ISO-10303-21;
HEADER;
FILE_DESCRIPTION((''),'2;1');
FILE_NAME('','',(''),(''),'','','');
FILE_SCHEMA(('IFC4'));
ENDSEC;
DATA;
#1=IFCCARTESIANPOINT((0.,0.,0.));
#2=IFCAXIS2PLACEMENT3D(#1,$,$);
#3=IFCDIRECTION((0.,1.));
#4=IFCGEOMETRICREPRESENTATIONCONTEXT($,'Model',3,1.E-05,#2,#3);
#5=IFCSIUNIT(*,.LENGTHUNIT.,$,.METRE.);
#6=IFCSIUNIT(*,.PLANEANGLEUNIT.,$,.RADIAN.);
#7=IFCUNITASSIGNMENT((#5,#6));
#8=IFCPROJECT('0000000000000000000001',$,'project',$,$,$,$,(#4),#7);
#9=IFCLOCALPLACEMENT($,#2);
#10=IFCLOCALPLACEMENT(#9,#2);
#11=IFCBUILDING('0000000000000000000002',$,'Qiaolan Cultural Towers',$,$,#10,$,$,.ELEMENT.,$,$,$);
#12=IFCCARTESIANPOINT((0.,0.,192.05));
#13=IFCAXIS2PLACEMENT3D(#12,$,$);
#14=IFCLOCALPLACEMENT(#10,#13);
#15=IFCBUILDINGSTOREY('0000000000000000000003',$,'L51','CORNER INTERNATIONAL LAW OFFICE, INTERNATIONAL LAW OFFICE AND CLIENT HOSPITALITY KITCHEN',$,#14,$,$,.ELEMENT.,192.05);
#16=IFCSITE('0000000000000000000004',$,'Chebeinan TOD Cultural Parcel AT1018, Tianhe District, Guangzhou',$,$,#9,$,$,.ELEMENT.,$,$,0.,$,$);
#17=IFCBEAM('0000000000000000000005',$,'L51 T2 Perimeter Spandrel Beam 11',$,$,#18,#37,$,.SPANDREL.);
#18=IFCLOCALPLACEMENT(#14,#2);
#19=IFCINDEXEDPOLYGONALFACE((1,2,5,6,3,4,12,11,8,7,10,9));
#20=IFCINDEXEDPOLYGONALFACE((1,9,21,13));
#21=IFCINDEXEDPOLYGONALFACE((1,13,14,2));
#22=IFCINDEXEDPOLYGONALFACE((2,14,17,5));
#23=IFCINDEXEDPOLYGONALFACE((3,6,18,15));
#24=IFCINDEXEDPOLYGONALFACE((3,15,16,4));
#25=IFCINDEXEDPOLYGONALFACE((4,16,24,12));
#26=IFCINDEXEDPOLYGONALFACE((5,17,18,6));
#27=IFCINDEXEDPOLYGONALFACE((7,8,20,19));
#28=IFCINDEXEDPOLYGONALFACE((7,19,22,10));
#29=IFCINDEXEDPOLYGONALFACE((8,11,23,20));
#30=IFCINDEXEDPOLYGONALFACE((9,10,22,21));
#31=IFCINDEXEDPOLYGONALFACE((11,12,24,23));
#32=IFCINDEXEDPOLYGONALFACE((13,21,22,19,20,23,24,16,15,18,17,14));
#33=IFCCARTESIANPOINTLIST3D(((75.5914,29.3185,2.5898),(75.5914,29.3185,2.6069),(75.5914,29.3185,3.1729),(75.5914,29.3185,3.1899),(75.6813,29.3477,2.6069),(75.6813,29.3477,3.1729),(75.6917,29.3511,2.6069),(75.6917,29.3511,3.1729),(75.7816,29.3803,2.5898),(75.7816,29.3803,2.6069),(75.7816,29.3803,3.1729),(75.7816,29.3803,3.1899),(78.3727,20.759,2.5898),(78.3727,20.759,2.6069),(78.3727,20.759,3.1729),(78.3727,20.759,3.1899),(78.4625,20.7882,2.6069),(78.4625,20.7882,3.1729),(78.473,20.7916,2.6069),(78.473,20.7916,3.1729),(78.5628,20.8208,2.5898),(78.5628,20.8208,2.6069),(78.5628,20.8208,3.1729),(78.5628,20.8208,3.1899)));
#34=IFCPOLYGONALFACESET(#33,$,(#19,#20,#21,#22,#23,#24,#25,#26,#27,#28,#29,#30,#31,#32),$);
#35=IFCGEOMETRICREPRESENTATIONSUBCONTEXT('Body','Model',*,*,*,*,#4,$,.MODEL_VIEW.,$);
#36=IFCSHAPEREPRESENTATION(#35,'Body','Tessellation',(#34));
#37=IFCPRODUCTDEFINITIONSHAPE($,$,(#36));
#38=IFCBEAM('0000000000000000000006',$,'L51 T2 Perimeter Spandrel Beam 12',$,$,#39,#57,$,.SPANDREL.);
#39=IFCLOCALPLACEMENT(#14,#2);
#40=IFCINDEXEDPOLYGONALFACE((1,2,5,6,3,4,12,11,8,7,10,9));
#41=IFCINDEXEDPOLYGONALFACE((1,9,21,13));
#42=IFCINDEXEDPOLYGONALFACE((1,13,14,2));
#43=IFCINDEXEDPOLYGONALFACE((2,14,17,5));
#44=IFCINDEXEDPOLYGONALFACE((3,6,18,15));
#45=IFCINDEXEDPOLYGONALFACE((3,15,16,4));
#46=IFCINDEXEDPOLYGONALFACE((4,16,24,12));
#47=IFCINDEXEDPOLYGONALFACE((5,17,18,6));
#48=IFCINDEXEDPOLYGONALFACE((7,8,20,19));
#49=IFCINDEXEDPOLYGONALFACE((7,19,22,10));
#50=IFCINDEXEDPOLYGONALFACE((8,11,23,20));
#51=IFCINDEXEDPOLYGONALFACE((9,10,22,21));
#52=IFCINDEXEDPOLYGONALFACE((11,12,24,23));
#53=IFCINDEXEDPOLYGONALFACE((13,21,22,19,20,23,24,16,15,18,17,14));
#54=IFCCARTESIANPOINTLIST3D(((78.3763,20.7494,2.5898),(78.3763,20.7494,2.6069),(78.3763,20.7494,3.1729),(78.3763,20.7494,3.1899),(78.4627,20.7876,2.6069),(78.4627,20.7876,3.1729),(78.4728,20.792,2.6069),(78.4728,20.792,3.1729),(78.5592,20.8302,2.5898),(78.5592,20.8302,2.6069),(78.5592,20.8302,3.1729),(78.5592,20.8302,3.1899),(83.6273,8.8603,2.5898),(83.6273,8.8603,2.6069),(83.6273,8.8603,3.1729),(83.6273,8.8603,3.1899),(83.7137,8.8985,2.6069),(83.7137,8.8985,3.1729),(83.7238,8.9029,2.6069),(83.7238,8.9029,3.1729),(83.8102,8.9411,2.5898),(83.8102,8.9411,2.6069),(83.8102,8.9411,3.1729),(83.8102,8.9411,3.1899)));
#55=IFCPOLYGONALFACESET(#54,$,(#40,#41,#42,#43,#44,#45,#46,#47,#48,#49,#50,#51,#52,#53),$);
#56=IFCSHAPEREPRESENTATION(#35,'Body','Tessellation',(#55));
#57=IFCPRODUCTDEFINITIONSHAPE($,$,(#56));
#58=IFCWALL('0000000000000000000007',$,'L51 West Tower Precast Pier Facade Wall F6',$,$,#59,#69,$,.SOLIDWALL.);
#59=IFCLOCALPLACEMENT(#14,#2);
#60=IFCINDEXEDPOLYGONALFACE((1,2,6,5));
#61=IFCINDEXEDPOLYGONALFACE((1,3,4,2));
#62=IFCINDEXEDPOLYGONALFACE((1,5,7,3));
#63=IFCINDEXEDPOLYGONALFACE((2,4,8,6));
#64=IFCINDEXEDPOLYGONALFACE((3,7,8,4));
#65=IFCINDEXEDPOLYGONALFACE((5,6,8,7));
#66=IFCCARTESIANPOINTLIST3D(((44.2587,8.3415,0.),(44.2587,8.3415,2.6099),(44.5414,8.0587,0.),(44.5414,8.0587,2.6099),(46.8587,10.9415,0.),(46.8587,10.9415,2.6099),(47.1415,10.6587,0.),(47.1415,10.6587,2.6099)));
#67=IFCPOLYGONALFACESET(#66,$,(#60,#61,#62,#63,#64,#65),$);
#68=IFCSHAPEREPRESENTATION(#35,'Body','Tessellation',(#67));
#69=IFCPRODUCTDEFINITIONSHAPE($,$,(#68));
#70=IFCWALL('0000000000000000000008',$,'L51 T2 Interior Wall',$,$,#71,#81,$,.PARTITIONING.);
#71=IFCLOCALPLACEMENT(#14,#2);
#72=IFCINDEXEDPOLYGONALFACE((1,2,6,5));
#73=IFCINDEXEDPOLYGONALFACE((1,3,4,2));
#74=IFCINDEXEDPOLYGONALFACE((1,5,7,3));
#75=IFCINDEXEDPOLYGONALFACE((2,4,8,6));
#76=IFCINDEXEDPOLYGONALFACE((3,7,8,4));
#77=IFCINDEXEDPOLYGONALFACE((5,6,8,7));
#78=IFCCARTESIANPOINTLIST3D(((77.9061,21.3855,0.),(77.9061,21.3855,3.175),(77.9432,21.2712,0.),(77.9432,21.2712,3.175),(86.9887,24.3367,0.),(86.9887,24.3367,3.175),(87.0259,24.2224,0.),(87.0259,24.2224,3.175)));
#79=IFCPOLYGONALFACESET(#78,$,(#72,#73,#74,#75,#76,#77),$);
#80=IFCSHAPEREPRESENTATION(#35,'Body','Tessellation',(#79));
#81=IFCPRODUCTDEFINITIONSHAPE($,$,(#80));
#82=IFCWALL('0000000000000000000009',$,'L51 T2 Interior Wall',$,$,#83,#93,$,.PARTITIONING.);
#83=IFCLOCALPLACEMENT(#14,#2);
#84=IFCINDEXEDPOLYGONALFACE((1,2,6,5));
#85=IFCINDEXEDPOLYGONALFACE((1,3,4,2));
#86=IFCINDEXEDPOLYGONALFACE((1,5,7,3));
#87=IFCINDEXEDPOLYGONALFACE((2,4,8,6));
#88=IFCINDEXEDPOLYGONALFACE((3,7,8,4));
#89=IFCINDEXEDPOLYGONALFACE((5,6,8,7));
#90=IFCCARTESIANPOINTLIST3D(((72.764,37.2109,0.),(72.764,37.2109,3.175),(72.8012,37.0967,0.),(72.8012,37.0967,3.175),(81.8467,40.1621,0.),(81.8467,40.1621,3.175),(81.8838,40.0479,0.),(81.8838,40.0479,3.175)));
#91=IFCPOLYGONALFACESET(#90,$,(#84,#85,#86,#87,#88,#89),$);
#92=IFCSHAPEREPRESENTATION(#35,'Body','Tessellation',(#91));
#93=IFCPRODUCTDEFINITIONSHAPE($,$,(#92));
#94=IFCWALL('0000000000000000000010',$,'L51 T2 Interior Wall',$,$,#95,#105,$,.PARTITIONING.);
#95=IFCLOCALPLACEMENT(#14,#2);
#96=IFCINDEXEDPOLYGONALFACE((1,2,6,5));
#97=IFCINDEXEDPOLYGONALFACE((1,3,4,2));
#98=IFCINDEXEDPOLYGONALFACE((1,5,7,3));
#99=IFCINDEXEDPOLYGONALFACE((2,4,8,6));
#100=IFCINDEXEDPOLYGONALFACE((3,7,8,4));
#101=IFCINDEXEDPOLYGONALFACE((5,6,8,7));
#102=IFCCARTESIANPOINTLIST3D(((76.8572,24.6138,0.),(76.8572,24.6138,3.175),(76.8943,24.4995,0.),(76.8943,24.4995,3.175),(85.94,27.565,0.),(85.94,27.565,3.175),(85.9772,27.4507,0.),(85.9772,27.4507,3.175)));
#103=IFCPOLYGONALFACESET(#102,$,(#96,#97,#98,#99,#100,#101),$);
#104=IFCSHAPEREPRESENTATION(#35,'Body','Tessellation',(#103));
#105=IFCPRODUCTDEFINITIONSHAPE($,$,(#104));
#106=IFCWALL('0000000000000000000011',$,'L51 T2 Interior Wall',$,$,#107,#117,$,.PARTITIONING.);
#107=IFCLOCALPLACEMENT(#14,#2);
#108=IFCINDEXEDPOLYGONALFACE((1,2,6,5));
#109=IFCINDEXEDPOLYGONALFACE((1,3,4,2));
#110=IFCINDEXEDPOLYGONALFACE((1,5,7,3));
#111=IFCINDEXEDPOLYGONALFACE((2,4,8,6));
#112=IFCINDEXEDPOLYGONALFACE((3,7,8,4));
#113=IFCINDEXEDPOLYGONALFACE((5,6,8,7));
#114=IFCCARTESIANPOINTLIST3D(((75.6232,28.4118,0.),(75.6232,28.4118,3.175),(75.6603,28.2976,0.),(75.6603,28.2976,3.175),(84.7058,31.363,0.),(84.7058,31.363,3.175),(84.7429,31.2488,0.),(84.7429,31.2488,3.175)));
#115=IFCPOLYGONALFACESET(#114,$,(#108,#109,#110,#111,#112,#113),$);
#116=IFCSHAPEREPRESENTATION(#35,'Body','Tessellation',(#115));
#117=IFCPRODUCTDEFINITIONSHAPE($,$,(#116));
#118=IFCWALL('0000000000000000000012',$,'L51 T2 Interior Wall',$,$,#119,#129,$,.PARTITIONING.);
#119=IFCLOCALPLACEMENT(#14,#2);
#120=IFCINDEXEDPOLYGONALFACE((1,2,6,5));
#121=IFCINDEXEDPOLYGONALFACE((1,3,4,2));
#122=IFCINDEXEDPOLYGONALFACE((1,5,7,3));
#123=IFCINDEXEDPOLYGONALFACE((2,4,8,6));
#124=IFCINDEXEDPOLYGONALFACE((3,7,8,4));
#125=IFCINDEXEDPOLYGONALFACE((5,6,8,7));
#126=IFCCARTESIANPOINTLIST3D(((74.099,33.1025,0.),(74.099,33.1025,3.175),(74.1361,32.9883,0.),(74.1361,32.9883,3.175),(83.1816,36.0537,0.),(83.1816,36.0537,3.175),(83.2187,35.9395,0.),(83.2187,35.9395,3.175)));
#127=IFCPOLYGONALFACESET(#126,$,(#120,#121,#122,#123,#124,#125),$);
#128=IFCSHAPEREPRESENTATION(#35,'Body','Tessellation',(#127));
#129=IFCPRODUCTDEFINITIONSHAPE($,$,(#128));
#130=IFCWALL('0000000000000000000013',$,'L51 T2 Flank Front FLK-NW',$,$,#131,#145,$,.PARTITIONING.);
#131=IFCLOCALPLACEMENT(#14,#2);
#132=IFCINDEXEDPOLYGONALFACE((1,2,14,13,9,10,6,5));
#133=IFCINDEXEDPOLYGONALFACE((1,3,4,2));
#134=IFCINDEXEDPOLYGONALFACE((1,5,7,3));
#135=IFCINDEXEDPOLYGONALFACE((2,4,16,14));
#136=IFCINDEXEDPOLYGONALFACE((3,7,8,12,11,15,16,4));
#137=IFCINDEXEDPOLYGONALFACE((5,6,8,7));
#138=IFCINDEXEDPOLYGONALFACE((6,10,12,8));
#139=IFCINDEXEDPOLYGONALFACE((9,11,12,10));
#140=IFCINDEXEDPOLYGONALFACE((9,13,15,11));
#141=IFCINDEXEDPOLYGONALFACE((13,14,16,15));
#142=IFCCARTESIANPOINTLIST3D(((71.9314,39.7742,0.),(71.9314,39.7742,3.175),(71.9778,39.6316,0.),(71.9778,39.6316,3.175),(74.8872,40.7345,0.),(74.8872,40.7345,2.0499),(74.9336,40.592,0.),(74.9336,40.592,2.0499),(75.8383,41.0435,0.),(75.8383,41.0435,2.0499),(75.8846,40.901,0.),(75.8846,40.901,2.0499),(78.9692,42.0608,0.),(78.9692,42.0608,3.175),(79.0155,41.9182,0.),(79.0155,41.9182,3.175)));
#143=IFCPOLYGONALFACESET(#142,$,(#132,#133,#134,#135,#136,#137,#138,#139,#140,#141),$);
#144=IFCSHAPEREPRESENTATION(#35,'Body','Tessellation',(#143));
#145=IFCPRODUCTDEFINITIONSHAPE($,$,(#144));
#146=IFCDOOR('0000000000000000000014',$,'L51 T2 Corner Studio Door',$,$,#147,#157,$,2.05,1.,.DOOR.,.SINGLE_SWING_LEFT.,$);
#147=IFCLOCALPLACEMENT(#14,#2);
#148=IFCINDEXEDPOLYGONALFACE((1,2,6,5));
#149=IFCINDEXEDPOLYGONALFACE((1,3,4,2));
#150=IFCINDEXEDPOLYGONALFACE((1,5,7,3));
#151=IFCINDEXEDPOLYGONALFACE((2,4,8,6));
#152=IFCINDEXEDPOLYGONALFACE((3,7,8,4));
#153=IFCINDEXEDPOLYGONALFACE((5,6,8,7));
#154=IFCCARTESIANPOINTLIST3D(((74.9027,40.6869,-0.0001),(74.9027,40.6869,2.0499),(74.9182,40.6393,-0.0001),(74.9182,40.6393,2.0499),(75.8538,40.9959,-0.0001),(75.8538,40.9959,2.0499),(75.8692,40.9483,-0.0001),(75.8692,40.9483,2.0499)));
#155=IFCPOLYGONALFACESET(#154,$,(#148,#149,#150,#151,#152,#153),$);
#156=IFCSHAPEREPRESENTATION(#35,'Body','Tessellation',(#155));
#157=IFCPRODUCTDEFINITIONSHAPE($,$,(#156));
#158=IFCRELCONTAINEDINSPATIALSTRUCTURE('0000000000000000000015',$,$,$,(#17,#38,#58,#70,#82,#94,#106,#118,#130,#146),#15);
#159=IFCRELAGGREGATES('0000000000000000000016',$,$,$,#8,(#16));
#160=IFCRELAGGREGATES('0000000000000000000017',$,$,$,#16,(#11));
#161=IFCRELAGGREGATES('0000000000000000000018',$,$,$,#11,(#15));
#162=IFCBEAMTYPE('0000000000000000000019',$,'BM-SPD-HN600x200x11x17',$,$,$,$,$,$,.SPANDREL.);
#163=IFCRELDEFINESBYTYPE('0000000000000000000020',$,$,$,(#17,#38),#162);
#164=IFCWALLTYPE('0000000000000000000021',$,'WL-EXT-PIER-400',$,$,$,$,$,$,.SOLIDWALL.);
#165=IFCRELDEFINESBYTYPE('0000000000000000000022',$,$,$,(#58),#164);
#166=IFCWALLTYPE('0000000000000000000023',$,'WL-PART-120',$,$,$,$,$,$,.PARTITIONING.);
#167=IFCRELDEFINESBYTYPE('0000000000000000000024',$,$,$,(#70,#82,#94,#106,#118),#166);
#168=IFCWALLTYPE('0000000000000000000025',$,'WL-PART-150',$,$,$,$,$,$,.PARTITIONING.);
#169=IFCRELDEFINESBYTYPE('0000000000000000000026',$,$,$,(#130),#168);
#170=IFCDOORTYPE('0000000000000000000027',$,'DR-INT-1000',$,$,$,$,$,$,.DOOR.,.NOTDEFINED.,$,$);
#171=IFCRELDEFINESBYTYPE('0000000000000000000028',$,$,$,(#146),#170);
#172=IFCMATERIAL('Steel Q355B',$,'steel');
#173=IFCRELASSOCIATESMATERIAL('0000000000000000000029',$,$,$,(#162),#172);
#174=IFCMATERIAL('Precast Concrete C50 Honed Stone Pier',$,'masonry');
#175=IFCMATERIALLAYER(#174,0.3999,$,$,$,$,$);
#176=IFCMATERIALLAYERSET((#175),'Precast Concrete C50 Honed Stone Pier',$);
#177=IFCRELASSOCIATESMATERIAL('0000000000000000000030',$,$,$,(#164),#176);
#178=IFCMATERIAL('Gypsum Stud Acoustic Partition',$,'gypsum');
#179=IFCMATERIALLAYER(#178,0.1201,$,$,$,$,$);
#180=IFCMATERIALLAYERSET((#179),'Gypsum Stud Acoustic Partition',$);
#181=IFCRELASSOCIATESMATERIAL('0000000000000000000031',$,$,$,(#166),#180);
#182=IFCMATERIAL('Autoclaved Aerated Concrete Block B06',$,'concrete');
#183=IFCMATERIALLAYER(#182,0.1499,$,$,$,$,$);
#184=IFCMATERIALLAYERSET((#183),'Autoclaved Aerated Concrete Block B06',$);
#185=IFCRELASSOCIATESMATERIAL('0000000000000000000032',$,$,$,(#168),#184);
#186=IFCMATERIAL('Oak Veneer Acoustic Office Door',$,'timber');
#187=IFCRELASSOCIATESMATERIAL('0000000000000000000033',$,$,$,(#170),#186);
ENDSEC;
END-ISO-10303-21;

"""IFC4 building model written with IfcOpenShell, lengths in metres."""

from ifc_helpers import new_model, si_unit, direction, frame, frame_2d, origin, origin_2d, place, context, subcontext, project, spatial, rectangle, i_section, extrude, material, layer, layer_set, material_profile, profile_set, type_object, element, fill, save


model = new_model("IFC4")

# Units and contexts
model_context = context("Model", 3, precision=1e-05, world=origin(), true_north=direction((0.0, 1.0)))
body_context = subcontext(model_context, "Body", "Model", "MODEL_VIEW")
ifc_project = project(units=[si_unit("LENGTHUNIT", "METRE"), si_unit("PLANEANGLEUNIT", "RADIAN")], contexts=[model_context])

# Site, building, storey
site_placement = place(None, origin())
site = spatial("IfcSite", under=ifc_project, at=site_placement, Name="Chebeinan TOD Cultural Parcel AT1018, Tianhe District, Guangzhou", CompositionType="ELEMENT", RefElevation=0.0)
building_placement = place(site_placement, origin())
building = spatial("IfcBuilding", under=site, at=building_placement, Name="Qiaolan Cultural Towers", CompositionType="ELEMENT")
storey_placement = place(building_placement, frame((0.0, 0.0, 192.05)))
storey = spatial("IfcBuildingStorey", under=building, at=storey_placement, Name="L51", Description="CORNER INTERNATIONAL LAW OFFICE, INTERNATIONAL LAW OFFICE AND CLIENT HOSPITALITY KITCHEN", CompositionType="ELEMENT", Elevation=192.05)

# Beams
ifc_material_1 = material(Name="Steel Q355B", Category="steel")
ifc_material_profile_1 = material_profile(ifc_material_1, i_section(OverallWidth=0.2, OverallDepth=0.6001, WebThickness=0.011, FlangeThickness=0.0171, at=origin_2d()), Name="HN600x200x11x17")
ifc_profile_set_1 = profile_set([ifc_material_profile_1], Name="Steel Q355B")
beam_type_1 = type_object("IfcBeamType", Name="BM-SPD-HN600x200x11x17", PredefinedType="SPANDREL", material=ifc_profile_set_1)
beam_1_placement = place(storey_placement, frame((75.6865, 29.3494, 2.8899), z_axis=(0.309025, -0.951054, 0.0), x_axis=(0.951054, 0.309025, 0.0)))
element("IfcBeam", 1, at=beam_1_placement, inside=storey, type_object=beam_type_1, Name="L51 T2 Perimeter Spandrel Beam 11", PredefinedType="SPANDREL", context=body_context, shape_type="SweptSolid", body=[
    extrude(i_section(OverallWidth=0.2, OverallDepth=0.6001, WebThickness=0.011, FlangeThickness=0.0171, at=origin_2d()), origin(), (0.0, 0.0, 1.0), 9.0),
])
beam_2_placement = place(storey_placement, frame((78.4678, 20.7898, 2.8899), z_axis=(0.404011, -0.914754, 0.0), x_axis=(0.914754, 0.404011, 0.0)))
element("IfcBeam", 2, at=beam_2_placement, inside=storey, type_object=beam_type_1, Name="L51 T2 Perimeter Spandrel Beam 12", PredefinedType="SPANDREL", context=body_context, shape_type="SweptSolid", body=[
    extrude(i_section(OverallWidth=0.2, OverallDepth=0.6001, WebThickness=0.011, FlangeThickness=0.0171, at=origin_2d()), origin(), (0.0, 0.0, 1.0), 12.9971),
])

# Walls
ifc_material_2 = material(Name="Precast Concrete C50 Honed Stone Pier", Category="masonry")
ifc_layer_1 = layer(ifc_material_2, 0.3999)
ifc_layer_set_1 = layer_set([ifc_layer_1], Name="Precast Concrete C50 Honed Stone Pier")
wall_type_1 = type_object("IfcWallType", Name="WL-EXT-PIER-400", PredefinedType="SOLIDWALL", material=ifc_layer_set_1)
wall_1_placement = place(storey_placement, frame((47.0, 10.8, 0.0), z_axis=(0.0, 0.0, 1.0), x_axis=(-0.707107, -0.707107, 0.0)))
element("IfcWall", 3, at=wall_1_placement, inside=storey, type_object=wall_type_1, Name="L51 West Tower Precast Pier Facade Wall F6", PredefinedType="SOLIDWALL", context=body_context, shape_type="SweptSolid", body=[
    extrude(rectangle(XDim=3.677, YDim=0.3999, at=frame_2d((1.8384, 0.0))), origin(), (0.0, 0.0, 1.0), 2.6099),
])
ifc_material_3 = material(Name="Gypsum Stud Acoustic Partition", Category="gypsum")
ifc_layer_2 = layer(ifc_material_3, 0.1201)
ifc_layer_set_2 = layer_set([ifc_layer_2], Name="Gypsum Stud Acoustic Partition")
wall_type_2 = type_object("IfcWallType", Name="WL-PART-120", PredefinedType="PARTITIONING", material=ifc_layer_set_2)
for number, where, z_axis, x_axis, name in (
    (4, (77.9248, 21.3284, 0.0), (0.0, 0.0, 1.0), (0.951054, 0.309025, 0.0), "L51 T2 Interior Wall"),
    (5, (72.7827, 37.1538, 0.0), (0.0, 0.0, 1.0), (0.951054, 0.309025, 0.0), "L51 T2 Interior Wall"),
):
    element("IfcWall", number, at=place(storey_placement, frame(where, z_axis=z_axis, x_axis=x_axis)), inside=storey, type_object=wall_type_2, Name=name, PredefinedType="PARTITIONING", context=body_context, shape_type="SweptSolid", body=[
        extrude(rectangle(XDim=9.55, YDim=0.1201, at=frame_2d((4.7749, 0.0))), origin(), (0.0, 0.0, 1.0), 3.175),
    ])
wall_2_placement = place(storey_placement, frame((76.8757, 24.5566, 0.0), z_axis=(0.0, 0.0, 1.0), x_axis=(0.951056, 0.309017, 0.0)))
element("IfcWall", 6, at=wall_2_placement, inside=storey, type_object=wall_type_2, Name="L51 T2 Interior Wall", PredefinedType="PARTITIONING", context=body_context, shape_type="SweptSolid", body=[
    extrude(rectangle(XDim=9.5503, YDim=0.1201, at=frame_2d((4.7751, 0.0))), origin(), (0.0, 0.0, 1.0), 3.175),
])
for number, where, z_axis, x_axis, name in (
    (7, (75.6418, 28.3547, 0.0), (0.0, 0.0, 1.0), (0.951054, 0.309025, 0.0), "L51 T2 Interior Wall"),
    (8, (74.1177, 33.0454, 0.0), (0.0, 0.0, 1.0), (0.951054, 0.309025, 0.0), "L51 T2 Interior Wall"),
):
    element("IfcWall", number, at=place(storey_placement, frame(where, z_axis=z_axis, x_axis=x_axis)), inside=storey, type_object=wall_type_2, Name=name, PredefinedType="PARTITIONING", context=body_context, shape_type="SweptSolid", body=[
        extrude(rectangle(XDim=9.55, YDim=0.1201, at=frame_2d((4.7749, 0.0))), origin(), (0.0, 0.0, 1.0), 3.175),
    ])

# Wall, opening, door
ifc_material_4 = material(Name="Autoclaved Aerated Concrete Block B06", Category="concrete")
ifc_layer_3 = layer(ifc_material_4, 0.1499)
ifc_layer_set_3 = layer_set([ifc_layer_3], Name="Autoclaved Aerated Concrete Block B06")
wall_type_3 = type_object("IfcWallType", Name="WL-PART-150", PredefinedType="PARTITIONING", material=ifc_layer_set_3)
wall_3_placement = place(storey_placement, frame((71.9546, 39.7029, 0.0), z_axis=(0.0, 0.0, 1.0), x_axis=(0.951061, 0.309003, 0.0)))
wall_3 = element("IfcWall", 9, at=wall_3_placement, inside=storey, type_object=wall_type_3, Name="L51 T2 Flank Front FLK-NW", PredefinedType="PARTITIONING", context=body_context, shape_type="SweptSolid", body=[
    extrude(rectangle(XDim=7.3999, YDim=0.1499, at=frame_2d((3.7, 0.0))), origin(), (0.0, 0.0, 1.0), 3.175),
])
opening_placement = place(wall_3_placement, frame((3.1079, 0.0, 0.0)))
opening = element("IfcOpeningElement", 10, at=opening_placement, cuts=wall_3, PredefinedType="OPENING", context=body_context, shape_type="SweptSolid", body=[
    extrude(rectangle(XDim=1.0, YDim=2.05, at=frame_2d((0.5, 1.0249))), frame((0.0, 0.085, 0.0), z_axis=(0.0, -1.0, 0.0), x_axis=(1.0, 0.0, 0.0)), (0.0, 0.0, 1.0), 0.1699),
])
ifc_material_5 = material(Name="Oak Veneer Acoustic Office Door", Category="timber")
door_type = type_object("IfcDoorType", Name="DR-INT-1000", OperationType="NOTDEFINED", PredefinedType="DOOR", material=ifc_material_5)
door_placement = place(opening_placement, origin())
door = element("IfcDoor", 11, at=door_placement, inside=storey, type_object=door_type, Name="L51 T2 Corner Studio Door", OperationType="SINGLE_SWING_LEFT", OverallHeight=2.05, OverallWidth=1.0, PredefinedType="DOOR", context=body_context, shape_type="SweptSolid", body=[
    extrude(rectangle(XDim=1.0, YDim=2.05, at=frame_2d((0.5, 1.0249))), frame((0.0, 0.0249, 0.0), z_axis=(0.0, -1.0, 0.0), x_axis=(1.0, 0.0, 0.0)), (0.0, 0.0, 1.0), 0.05),
])
fill(opening, door)

save(model, "model.ifc")
